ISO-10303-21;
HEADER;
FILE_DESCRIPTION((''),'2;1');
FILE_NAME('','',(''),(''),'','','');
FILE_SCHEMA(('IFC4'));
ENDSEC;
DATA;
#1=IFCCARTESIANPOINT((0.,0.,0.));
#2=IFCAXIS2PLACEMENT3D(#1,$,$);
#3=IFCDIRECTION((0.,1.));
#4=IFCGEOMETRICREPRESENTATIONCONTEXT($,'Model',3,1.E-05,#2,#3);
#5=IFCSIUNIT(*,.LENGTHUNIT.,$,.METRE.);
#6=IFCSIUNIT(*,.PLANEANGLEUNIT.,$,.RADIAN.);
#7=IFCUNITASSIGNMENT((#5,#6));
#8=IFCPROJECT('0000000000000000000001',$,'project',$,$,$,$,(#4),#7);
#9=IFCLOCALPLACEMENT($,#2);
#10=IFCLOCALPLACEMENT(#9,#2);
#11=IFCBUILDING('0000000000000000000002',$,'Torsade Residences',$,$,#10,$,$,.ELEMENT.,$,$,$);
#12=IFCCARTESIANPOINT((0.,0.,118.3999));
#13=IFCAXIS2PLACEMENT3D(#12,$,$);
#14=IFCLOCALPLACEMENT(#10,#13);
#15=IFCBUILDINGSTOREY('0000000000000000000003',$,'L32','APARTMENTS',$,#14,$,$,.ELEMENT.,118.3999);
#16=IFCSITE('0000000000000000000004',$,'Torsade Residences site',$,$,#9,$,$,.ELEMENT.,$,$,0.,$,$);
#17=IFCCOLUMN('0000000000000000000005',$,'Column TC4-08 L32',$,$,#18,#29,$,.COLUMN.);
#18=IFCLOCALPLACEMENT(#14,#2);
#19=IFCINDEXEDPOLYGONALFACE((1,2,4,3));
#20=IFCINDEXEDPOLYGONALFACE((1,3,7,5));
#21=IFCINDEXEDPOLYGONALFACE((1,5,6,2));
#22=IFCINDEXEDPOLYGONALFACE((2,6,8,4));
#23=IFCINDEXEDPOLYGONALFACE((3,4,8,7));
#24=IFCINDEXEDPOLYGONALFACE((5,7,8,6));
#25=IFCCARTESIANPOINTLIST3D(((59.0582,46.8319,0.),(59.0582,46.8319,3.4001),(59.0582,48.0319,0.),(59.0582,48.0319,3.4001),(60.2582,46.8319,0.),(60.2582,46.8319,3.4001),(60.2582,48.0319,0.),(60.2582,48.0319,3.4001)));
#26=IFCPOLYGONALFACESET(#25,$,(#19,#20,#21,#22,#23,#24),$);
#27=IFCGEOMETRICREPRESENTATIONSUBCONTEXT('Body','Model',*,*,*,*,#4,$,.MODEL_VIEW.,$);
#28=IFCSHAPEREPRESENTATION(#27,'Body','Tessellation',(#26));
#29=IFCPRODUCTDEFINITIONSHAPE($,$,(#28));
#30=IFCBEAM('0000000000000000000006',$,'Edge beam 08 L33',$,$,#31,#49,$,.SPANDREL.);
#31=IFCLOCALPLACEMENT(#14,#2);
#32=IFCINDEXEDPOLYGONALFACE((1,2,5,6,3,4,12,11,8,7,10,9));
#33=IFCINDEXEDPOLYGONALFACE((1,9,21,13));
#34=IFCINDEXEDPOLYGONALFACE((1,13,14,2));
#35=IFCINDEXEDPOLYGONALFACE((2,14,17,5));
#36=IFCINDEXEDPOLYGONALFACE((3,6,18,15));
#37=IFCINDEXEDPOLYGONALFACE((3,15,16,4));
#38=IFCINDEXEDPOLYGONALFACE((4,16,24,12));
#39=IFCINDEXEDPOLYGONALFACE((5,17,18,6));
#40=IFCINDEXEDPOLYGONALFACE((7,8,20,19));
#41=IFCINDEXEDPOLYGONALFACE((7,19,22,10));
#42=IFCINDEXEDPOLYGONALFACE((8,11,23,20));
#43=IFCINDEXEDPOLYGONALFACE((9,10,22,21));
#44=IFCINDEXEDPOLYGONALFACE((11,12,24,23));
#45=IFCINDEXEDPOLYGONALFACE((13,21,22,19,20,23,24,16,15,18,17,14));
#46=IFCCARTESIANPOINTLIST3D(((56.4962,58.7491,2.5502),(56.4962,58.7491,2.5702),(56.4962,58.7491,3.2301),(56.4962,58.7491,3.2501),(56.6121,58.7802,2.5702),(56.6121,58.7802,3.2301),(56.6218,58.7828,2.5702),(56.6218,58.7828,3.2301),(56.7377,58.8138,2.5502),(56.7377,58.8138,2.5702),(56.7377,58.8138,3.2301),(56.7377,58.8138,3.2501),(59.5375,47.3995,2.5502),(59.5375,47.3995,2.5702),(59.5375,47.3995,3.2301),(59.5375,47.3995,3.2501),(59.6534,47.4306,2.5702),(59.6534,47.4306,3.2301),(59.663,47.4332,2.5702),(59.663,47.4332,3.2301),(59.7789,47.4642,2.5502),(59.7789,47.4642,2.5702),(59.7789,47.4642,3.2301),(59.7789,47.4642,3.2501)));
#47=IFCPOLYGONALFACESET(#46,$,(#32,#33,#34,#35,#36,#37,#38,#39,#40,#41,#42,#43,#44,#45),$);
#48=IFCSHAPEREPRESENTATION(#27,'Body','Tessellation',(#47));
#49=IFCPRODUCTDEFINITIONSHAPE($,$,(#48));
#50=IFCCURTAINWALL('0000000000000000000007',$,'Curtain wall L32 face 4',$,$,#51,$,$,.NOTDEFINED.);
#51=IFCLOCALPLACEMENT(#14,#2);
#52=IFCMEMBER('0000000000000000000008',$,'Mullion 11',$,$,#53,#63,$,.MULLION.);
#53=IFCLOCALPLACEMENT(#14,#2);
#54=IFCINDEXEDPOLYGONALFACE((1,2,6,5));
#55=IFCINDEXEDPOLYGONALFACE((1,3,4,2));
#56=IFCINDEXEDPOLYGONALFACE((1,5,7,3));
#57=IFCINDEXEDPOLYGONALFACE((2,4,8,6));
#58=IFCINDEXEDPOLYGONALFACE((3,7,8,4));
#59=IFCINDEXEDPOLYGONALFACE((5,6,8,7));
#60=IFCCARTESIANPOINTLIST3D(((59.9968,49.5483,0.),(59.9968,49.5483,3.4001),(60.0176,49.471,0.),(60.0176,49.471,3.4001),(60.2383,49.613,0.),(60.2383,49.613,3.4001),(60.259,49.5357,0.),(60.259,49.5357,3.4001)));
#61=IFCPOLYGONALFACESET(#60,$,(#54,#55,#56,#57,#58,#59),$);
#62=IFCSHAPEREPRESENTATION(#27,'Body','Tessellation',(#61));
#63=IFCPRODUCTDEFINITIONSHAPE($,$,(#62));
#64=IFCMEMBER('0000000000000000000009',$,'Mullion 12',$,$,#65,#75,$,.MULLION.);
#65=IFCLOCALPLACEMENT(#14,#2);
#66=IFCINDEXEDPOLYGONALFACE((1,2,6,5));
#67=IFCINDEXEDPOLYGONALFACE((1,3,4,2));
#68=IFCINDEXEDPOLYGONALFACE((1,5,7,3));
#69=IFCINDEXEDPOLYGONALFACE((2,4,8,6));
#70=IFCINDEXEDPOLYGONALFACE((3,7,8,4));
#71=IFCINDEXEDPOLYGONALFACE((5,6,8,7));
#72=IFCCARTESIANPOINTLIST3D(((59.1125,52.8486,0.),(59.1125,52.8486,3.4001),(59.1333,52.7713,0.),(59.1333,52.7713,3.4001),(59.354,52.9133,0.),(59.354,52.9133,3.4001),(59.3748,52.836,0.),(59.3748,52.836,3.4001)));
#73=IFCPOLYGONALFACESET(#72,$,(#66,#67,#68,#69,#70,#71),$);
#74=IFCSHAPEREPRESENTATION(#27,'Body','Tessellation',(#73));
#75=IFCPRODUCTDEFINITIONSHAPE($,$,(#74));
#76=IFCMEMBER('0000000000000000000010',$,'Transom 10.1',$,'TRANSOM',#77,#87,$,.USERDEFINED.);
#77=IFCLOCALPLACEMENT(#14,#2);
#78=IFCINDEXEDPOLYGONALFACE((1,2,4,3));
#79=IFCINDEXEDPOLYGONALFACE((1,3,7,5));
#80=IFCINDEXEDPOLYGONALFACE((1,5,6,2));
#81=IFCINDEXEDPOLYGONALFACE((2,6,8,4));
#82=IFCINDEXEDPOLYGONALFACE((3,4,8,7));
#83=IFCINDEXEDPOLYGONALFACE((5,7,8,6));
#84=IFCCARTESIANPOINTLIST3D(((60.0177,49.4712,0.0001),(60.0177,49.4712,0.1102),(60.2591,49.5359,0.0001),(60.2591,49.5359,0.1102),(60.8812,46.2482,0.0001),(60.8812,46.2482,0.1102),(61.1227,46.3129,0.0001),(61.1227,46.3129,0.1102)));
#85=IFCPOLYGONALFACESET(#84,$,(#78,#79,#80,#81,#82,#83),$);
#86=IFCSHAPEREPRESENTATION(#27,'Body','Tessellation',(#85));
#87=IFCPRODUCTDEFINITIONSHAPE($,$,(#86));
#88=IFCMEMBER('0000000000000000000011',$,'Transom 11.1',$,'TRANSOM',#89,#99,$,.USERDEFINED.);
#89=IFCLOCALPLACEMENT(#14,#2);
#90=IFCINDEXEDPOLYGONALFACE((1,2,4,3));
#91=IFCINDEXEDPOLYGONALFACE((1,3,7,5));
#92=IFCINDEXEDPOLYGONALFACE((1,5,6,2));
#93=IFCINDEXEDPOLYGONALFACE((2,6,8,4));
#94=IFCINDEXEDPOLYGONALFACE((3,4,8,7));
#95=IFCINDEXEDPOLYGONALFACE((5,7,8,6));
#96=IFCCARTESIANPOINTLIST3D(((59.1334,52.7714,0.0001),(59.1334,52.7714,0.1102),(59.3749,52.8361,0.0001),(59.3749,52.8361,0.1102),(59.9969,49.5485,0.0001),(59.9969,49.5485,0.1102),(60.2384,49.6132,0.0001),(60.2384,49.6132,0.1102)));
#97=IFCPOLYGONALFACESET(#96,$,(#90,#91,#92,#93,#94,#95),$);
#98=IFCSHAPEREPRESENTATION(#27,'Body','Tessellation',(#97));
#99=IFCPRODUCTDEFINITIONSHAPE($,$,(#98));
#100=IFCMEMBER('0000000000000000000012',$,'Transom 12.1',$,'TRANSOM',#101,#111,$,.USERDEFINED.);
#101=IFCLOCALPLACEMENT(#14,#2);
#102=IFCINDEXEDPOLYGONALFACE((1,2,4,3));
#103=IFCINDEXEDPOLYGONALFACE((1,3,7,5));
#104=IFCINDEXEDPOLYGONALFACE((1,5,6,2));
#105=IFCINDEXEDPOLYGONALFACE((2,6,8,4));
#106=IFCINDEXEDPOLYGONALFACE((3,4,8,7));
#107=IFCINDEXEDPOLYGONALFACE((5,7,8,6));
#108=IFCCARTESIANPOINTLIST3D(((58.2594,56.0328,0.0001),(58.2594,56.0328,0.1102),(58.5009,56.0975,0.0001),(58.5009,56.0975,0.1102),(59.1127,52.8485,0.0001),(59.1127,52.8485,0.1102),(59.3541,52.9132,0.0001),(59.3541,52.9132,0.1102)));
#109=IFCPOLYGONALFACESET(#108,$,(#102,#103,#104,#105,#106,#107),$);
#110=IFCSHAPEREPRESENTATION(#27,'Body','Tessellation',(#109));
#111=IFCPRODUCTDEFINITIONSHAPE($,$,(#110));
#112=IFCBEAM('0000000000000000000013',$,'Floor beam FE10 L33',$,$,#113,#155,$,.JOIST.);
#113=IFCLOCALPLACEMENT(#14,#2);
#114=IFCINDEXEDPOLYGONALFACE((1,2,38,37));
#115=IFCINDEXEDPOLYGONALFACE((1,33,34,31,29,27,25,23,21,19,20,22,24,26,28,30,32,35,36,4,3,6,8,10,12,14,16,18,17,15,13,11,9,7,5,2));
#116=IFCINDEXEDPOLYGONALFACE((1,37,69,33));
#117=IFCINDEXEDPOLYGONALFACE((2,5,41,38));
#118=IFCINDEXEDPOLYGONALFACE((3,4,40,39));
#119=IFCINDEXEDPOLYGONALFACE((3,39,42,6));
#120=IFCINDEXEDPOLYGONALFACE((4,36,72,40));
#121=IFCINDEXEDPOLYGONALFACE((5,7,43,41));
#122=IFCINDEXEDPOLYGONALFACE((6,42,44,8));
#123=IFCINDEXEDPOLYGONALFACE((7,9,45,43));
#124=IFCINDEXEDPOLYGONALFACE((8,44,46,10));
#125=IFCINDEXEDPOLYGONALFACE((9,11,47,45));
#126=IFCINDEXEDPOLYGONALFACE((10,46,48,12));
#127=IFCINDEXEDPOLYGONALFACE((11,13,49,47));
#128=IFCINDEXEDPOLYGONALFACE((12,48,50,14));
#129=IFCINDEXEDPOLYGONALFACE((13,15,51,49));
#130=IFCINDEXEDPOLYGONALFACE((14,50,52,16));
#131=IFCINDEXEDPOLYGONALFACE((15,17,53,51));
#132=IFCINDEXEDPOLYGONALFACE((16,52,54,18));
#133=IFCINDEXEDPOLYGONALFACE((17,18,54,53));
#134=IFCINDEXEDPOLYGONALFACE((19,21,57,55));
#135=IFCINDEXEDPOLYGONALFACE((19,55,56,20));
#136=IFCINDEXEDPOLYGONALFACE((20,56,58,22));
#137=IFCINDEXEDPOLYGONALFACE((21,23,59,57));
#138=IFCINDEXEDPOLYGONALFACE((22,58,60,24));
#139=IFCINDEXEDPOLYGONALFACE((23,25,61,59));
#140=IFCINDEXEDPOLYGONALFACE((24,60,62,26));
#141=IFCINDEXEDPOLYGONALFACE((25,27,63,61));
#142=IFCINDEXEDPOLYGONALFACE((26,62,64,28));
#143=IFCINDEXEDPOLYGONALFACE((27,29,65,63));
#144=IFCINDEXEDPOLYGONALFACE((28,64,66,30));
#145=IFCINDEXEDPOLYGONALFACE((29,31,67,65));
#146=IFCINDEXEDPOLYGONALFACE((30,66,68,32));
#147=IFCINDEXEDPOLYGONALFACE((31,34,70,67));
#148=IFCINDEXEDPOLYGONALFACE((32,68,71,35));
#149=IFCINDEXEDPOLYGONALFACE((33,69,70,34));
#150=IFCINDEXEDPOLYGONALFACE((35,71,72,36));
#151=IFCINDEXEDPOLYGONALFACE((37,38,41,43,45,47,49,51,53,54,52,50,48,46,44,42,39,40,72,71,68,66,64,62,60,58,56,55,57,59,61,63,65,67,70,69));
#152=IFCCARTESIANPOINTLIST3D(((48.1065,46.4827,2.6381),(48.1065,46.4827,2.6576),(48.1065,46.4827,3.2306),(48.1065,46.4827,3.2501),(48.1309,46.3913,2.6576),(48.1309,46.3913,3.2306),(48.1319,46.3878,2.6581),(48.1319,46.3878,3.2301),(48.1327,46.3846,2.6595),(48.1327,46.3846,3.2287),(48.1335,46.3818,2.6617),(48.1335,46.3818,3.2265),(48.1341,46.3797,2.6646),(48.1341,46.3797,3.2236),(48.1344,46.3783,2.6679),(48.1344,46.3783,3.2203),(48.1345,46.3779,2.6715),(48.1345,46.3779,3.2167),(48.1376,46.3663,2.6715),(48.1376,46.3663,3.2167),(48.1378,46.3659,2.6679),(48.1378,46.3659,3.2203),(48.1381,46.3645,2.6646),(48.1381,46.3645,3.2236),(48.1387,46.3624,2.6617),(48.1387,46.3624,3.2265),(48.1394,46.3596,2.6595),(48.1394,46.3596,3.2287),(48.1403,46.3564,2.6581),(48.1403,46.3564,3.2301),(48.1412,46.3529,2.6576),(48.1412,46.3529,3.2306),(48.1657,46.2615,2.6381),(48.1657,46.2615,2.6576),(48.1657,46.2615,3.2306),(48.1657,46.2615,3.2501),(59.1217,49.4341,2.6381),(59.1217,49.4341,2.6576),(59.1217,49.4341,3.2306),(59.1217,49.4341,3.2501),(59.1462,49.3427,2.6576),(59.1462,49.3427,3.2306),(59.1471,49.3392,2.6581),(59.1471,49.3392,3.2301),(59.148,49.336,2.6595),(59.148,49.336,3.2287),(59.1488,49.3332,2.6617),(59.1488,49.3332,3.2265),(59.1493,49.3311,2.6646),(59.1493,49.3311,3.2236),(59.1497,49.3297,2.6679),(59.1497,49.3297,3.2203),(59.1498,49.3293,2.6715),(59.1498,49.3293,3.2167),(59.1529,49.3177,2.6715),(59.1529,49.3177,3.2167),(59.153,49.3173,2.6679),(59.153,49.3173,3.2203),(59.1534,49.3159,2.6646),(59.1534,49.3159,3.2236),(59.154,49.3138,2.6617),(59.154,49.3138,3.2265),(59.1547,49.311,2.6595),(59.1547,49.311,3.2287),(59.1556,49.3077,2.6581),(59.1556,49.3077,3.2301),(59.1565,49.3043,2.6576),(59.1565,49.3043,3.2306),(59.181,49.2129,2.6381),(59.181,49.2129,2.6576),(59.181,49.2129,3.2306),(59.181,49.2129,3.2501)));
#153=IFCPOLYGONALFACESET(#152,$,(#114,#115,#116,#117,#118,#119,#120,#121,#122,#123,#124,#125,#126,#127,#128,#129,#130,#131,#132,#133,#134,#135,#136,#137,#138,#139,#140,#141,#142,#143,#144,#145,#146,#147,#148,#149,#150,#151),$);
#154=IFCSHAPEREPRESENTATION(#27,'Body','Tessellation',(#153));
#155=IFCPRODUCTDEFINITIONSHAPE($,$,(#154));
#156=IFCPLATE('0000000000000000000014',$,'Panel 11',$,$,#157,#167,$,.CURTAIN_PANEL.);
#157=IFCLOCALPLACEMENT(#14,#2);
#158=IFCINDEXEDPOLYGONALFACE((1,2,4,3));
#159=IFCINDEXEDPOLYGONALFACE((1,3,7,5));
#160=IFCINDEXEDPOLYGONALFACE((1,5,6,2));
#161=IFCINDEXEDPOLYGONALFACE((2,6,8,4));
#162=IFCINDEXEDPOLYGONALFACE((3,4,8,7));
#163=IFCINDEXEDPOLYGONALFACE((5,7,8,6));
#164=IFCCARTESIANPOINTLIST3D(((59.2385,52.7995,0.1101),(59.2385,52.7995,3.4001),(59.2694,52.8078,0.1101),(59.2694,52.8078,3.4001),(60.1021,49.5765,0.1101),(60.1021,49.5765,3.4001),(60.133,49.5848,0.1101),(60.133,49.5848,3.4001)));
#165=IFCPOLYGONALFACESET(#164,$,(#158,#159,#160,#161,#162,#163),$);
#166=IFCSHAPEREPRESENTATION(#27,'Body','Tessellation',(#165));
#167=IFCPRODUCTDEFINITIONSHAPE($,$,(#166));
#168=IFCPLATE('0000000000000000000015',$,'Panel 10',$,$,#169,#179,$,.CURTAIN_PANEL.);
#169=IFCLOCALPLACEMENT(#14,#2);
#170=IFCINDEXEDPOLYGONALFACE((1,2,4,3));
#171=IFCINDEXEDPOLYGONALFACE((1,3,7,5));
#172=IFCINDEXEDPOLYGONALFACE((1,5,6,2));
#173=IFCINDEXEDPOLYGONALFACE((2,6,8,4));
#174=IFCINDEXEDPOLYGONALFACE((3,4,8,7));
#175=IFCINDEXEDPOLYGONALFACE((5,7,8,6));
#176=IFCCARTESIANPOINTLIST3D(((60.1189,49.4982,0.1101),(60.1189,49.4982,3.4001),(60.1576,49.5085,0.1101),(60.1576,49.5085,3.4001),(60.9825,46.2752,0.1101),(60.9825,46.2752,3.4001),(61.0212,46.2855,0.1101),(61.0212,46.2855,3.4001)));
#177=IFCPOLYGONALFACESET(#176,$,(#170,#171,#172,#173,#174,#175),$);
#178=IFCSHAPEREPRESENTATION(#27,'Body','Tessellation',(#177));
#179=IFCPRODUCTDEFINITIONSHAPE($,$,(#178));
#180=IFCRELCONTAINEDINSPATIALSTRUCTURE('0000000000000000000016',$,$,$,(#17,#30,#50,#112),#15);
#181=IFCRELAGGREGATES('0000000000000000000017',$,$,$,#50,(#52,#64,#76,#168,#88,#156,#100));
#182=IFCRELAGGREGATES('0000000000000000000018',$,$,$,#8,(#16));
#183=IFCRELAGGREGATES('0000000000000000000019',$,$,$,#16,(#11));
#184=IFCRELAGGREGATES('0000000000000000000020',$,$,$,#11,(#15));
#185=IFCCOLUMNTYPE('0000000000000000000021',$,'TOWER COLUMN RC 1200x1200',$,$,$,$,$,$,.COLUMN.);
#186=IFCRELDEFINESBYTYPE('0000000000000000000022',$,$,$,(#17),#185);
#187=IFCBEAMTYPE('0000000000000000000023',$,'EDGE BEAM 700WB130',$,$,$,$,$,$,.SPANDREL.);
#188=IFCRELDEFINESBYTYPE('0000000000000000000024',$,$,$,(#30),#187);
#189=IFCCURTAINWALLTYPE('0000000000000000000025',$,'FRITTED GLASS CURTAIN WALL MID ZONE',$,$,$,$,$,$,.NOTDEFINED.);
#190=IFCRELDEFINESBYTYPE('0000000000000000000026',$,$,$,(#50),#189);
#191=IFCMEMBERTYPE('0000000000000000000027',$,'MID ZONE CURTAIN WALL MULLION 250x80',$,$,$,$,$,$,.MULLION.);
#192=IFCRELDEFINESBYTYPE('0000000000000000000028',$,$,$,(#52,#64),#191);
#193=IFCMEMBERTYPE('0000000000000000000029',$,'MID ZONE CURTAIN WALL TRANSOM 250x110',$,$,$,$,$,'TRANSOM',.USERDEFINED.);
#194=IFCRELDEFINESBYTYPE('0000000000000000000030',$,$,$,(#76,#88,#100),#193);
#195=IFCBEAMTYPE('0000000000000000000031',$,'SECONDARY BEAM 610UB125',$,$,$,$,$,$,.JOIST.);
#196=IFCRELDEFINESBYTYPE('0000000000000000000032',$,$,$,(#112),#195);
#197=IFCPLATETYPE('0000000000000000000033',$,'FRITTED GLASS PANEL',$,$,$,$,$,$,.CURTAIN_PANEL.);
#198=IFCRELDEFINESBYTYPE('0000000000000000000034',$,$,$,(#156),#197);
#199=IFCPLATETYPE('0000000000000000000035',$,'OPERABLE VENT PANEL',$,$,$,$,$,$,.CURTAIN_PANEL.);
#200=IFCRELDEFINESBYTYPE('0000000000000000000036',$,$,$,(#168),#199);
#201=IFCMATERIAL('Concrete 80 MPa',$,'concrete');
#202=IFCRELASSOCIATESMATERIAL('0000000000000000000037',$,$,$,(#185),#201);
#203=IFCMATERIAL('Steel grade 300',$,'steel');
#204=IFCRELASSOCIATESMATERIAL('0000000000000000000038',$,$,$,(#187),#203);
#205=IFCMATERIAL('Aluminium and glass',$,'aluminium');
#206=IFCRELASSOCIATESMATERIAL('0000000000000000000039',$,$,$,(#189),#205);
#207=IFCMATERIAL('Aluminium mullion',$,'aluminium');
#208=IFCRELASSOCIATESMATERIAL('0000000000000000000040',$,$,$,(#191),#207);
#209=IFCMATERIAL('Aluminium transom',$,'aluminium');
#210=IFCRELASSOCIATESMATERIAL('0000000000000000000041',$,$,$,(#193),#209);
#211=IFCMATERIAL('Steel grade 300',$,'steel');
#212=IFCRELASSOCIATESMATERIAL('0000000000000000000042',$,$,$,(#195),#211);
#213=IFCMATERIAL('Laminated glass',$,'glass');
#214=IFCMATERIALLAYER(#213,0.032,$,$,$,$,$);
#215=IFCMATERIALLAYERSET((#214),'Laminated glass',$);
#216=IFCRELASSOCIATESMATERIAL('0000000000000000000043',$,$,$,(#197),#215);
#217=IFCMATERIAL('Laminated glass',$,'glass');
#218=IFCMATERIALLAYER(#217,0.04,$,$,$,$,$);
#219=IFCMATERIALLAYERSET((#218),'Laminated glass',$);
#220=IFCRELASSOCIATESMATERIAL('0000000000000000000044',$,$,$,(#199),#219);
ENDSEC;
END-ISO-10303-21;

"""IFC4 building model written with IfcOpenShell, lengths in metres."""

from ifc_helpers import new_model, si_unit, direction, frame, origin, origin_2d, place, context, subcontext, project, spatial, rectangle, i_section, extrude, material, layer, layer_set, material_profile, profile_set, type_object, element, aggregate, save


model = new_model("IFC4")

# Units and contexts
model_context = context("Model", 3, precision=1e-05, world=origin(), true_north=direction((0.0, 1.0)))
body_context = subcontext(model_context, "Body", "Model", "MODEL_VIEW")
ifc_project = project(units=[si_unit("LENGTHUNIT", "METRE"), si_unit("PLANEANGLEUNIT", "RADIAN")], contexts=[model_context])

# Site, building, storey
site_placement = place(None, origin())
site = spatial("IfcSite", under=ifc_project, at=site_placement, Name="Torsade Residences site", CompositionType="ELEMENT", RefElevation=0.0)
building_placement = place(site_placement, origin())
building = spatial("IfcBuilding", under=site, at=building_placement, Name="Torsade Residences", CompositionType="ELEMENT")
storey_placement = place(building_placement, frame((0.0, 0.0, 118.3999)))
storey = spatial("IfcBuildingStorey", under=building, at=storey_placement, Name="L32", Description="APARTMENTS", CompositionType="ELEMENT", Elevation=118.3999)

# Column
ifc_material_1 = material(Name="Concrete 80 MPa", Category="concrete")
ifc_material_profile_1 = material_profile(ifc_material_1, rectangle(XDim=1.2, YDim=1.2, at=origin_2d()), Name="RC 1200x1200")
ifc_profile_set_1 = profile_set([ifc_material_profile_1], Name="Concrete 80 MPa")
column_type = type_object("IfcColumnType", Name="TOWER COLUMN RC 1200x1200", PredefinedType="COLUMN", material=ifc_profile_set_1)
column_placement = place(storey_placement, frame((59.6582, 47.4319, 0.0), z_axis=(0.0, 0.0, 1.0), x_axis=(1.0, 0.0, 0.0)))
element("IfcColumn", 1, at=column_placement, inside=storey, type_object=column_type, Name="Column TC4-08 L32", PredefinedType="COLUMN", context=body_context, shape_type="SweptSolid", body=[
    extrude(rectangle(XDim=1.2, YDim=1.2, at=origin_2d()), origin(), (0.0, 0.0, 1.0), 3.4001),
])

# Beam
ifc_material_2 = material(Name="Steel grade 300", Category="steel")
ifc_material_profile_2 = material_profile(ifc_material_2, i_section(OverallWidth=0.25, OverallDepth=0.7, WebThickness=0.01, FlangeThickness=0.02, at=origin_2d()), Name="700WB130")
ifc_profile_set_2 = profile_set([ifc_material_profile_2], Name="Steel grade 300")
beam_type_1 = type_object("IfcBeamType", Name="EDGE BEAM 700WB130", PredefinedType="SPANDREL", material=ifc_profile_set_2)
beam_1_placement = place(storey_placement, frame((59.6582, 47.4319, 2.9001), z_axis=(-0.25883, 0.965923, 0.0), x_axis=(-0.965923, -0.25883, 0.0)))
element("IfcBeam", 2, at=beam_1_placement, inside=storey, type_object=beam_type_1, Name="Edge beam 08 L33", PredefinedType="SPANDREL", context=body_context, shape_type="SweptSolid", body=[
    extrude(i_section(OverallWidth=0.25, OverallDepth=0.7, WebThickness=0.01, FlangeThickness=0.02, at=origin_2d()), origin(), (0.0, 0.0, 1.0), 11.75),
])

# Curtain wall, members
ifc_material_3 = material(Name="Aluminium and glass", Category="aluminium")
curtain_wall_type = type_object("IfcCurtainWallType", Name="FRITTED GLASS CURTAIN WALL MID ZONE", PredefinedType="NOTDEFINED", material=ifc_material_3)
curtain_wall_placement = place(storey_placement, origin())
curtain_wall = element("IfcCurtainWall", 3, at=curtain_wall_placement, inside=storey, type_object=curtain_wall_type, Name="Curtain wall L32 face 4", PredefinedType="NOTDEFINED")
ifc_material_4 = material(Name="Aluminium mullion", Category="aluminium")
ifc_material_profile_3 = material_profile(ifc_material_4, rectangle(XDim=0.25, YDim=0.0801, at=origin_2d()), Name="MID ZONE CURTAIN WALL MULLION 250x80")
ifc_profile_set_3 = profile_set([ifc_material_profile_3], Name="Aluminium mullion")
member_type_1 = type_object("IfcMemberType", Name="MID ZONE CURTAIN WALL MULLION 250x80", PredefinedType="MULLION", material=ifc_profile_set_3)
member_1_placement = place(storey_placement, frame((60.1279, 49.542, 0.0), z_axis=(0.0, 0.0, 1.0), x_axis=(-0.965926, -0.258819, 0.0)))
member_1 = element("IfcMember", 4, at=member_1_placement, type_object=member_type_1, Name="Mullion 11", PredefinedType="MULLION", context=body_context, shape_type="SweptSolid", body=[
    extrude(rectangle(XDim=0.25, YDim=0.0801, at=origin_2d()), origin(), (0.0, 0.0, 1.0), 3.4001),
])
member_2_placement = place(storey_placement, frame((59.2437, 52.8423, 0.0), z_axis=(0.0, 0.0, 1.0), x_axis=(-0.965926, -0.258819, 0.0)))
member_2 = element("IfcMember", 5, at=member_2_placement, type_object=member_type_1, Name="Mullion 12", PredefinedType="MULLION", context=body_context, shape_type="SweptSolid", body=[
    extrude(rectangle(XDim=0.25, YDim=0.0801, at=origin_2d()), origin(), (0.0, 0.0, 1.0), 3.4001),
])
ifc_material_5 = material(Name="Aluminium transom", Category="aluminium")
ifc_material_profile_4 = material_profile(ifc_material_5, rectangle(XDim=0.25, YDim=0.1101, at=origin_2d()), Name="MID ZONE CURTAIN WALL TRANSOM 250x110")
ifc_profile_set_4 = profile_set([ifc_material_profile_4], Name="Aluminium transom")
member_type_2 = type_object("IfcMemberType", Name="MID ZONE CURTAIN WALL TRANSOM 250x110", ElementType="TRANSOM", PredefinedType="USERDEFINED", material=ifc_profile_set_4)
member_3_placement = place(storey_placement, frame((61.002, 46.2805, 0.0552), z_axis=(-0.258806, 0.965929, 0.0), x_axis=(-0.965929, -0.258806, 0.0)))
member_3 = element("IfcMember", 6, at=member_3_placement, type_object=member_type_2, Name="Transom 10.1", ObjectType="TRANSOM", PredefinedType="USERDEFINED", context=body_context, shape_type="SweptSolid", body=[
    extrude(rectangle(XDim=0.25, YDim=0.1101, at=origin_2d()), origin(), (0.0, 0.0, 1.0), 3.3367),
])
member_4_placement = place(storey_placement, frame((60.1177, 49.5808, 0.0552), z_axis=(-0.258806, 0.965929, 0.0), x_axis=(-0.965929, -0.258806, 0.0)))
member_4 = element("IfcMember", 7, at=member_4_placement, type_object=member_type_2, Name="Transom 11.1", ObjectType="TRANSOM", PredefinedType="USERDEFINED", context=body_context, shape_type="SweptSolid", body=[
    extrude(rectangle(XDim=0.25, YDim=0.1101, at=origin_2d()), origin(), (0.0, 0.0, 1.0), 3.3367),
])
member_5_placement = place(storey_placement, frame((59.2334, 52.8809, 0.0552), z_axis=(-0.258829, 0.965923, 0.0), x_axis=(-0.965923, -0.258829, 0.0)))
member_5 = element("IfcMember", 8, at=member_5_placement, type_object=member_type_2, Name="Transom 12.1", ObjectType="TRANSOM", PredefinedType="USERDEFINED", context=body_context, shape_type="SweptSolid", body=[
    extrude(rectangle(XDim=0.25, YDim=0.1101, at=origin_2d()), origin(), (0.0, 0.0, 1.0), 3.2966),
])

# Beam
ifc_material_6 = material(Name="Steel grade 300", Category="steel")
ifc_material_profile_5 = material_profile(ifc_material_6, i_section(OverallWidth=0.229, OverallDepth=0.6121, WebThickness=0.012, FlangeThickness=0.0195, FilletRadius=0.0139, at=origin_2d()), Name="610UB125")
ifc_profile_set_5 = profile_set([ifc_material_profile_5], Name="Steel grade 300")
beam_type_2 = type_object("IfcBeamType", Name="SECONDARY BEAM 610UB125", PredefinedType="JOIST", material=ifc_profile_set_5)
beam_2_placement = place(storey_placement, frame((59.1514, 49.3235, 2.9441), z_axis=(-0.965929, -0.258807, 0.0), x_axis=(0.258807, -0.965929, 0.0)))
element("IfcBeam", 9, at=beam_2_placement, inside=storey, type_object=beam_type_2, Name="Floor beam FE10 L33", PredefinedType="JOIST", context=body_context, shape_type="SweptSolid", body=[
    extrude(i_section(OverallWidth=0.229, OverallDepth=0.6121, WebThickness=0.012, FlangeThickness=0.0195, FilletRadius=0.0139, at=origin_2d()), origin(), (0.0, 0.0, 1.0), 11.4038),
])

# Plates
ifc_material_7 = material(Name="Laminated glass", Category="glass")
ifc_layer_1 = layer(ifc_material_7, 0.032)
ifc_layer_set_1 = layer_set([ifc_layer_1], Name="Laminated glass")
plate_type_1 = type_object("IfcPlateType", Name="FRITTED GLASS PANEL", PredefinedType="CURTAIN_PANEL", material=ifc_layer_set_1)
plate_1_placement = place(storey_placement, frame((59.6858, 51.1921, 0.1101), z_axis=(0.0, 0.0, 1.0), x_axis=(-0.258819, 0.965926, 0.0)))
plate_1 = element("IfcPlate", 10, at=plate_1_placement, type_object=plate_type_1, Name="Panel 11", PredefinedType="CURTAIN_PANEL", context=body_context, shape_type="SweptSolid", body=[
    extrude(rectangle(XDim=3.3367, YDim=0.032, at=origin_2d()), origin(), (0.0, 0.0, 1.0), 3.29),
])
ifc_material_8 = material(Name="Laminated glass", Category="glass")
ifc_layer_2 = layer(ifc_material_8, 0.04)
ifc_layer_set_2 = layer_set([ifc_layer_2], Name="Laminated glass")
plate_type_2 = type_object("IfcPlateType", Name="OPERABLE VENT PANEL", PredefinedType="CURTAIN_PANEL", material=ifc_layer_set_2)
plate_2_placement = place(storey_placement, frame((60.5701, 47.8918, 0.1101), z_axis=(0.0, 0.0, 1.0), x_axis=(-0.258819, 0.965926, 0.0)))
plate_2 = element("IfcPlate", 11, at=plate_2_placement, type_object=plate_type_2, Name="Panel 10", PredefinedType="CURTAIN_PANEL", context=body_context, shape_type="SweptSolid", body=[
    extrude(rectangle(XDim=3.3367, YDim=0.04, at=origin_2d()), origin(), (0.0, 0.0, 1.0), 3.29),
])
aggregate(curtain_wall, [member_1, member_2, member_3, plate_2, member_4, plate_1, member_5])

save(model, "model.ifc")
